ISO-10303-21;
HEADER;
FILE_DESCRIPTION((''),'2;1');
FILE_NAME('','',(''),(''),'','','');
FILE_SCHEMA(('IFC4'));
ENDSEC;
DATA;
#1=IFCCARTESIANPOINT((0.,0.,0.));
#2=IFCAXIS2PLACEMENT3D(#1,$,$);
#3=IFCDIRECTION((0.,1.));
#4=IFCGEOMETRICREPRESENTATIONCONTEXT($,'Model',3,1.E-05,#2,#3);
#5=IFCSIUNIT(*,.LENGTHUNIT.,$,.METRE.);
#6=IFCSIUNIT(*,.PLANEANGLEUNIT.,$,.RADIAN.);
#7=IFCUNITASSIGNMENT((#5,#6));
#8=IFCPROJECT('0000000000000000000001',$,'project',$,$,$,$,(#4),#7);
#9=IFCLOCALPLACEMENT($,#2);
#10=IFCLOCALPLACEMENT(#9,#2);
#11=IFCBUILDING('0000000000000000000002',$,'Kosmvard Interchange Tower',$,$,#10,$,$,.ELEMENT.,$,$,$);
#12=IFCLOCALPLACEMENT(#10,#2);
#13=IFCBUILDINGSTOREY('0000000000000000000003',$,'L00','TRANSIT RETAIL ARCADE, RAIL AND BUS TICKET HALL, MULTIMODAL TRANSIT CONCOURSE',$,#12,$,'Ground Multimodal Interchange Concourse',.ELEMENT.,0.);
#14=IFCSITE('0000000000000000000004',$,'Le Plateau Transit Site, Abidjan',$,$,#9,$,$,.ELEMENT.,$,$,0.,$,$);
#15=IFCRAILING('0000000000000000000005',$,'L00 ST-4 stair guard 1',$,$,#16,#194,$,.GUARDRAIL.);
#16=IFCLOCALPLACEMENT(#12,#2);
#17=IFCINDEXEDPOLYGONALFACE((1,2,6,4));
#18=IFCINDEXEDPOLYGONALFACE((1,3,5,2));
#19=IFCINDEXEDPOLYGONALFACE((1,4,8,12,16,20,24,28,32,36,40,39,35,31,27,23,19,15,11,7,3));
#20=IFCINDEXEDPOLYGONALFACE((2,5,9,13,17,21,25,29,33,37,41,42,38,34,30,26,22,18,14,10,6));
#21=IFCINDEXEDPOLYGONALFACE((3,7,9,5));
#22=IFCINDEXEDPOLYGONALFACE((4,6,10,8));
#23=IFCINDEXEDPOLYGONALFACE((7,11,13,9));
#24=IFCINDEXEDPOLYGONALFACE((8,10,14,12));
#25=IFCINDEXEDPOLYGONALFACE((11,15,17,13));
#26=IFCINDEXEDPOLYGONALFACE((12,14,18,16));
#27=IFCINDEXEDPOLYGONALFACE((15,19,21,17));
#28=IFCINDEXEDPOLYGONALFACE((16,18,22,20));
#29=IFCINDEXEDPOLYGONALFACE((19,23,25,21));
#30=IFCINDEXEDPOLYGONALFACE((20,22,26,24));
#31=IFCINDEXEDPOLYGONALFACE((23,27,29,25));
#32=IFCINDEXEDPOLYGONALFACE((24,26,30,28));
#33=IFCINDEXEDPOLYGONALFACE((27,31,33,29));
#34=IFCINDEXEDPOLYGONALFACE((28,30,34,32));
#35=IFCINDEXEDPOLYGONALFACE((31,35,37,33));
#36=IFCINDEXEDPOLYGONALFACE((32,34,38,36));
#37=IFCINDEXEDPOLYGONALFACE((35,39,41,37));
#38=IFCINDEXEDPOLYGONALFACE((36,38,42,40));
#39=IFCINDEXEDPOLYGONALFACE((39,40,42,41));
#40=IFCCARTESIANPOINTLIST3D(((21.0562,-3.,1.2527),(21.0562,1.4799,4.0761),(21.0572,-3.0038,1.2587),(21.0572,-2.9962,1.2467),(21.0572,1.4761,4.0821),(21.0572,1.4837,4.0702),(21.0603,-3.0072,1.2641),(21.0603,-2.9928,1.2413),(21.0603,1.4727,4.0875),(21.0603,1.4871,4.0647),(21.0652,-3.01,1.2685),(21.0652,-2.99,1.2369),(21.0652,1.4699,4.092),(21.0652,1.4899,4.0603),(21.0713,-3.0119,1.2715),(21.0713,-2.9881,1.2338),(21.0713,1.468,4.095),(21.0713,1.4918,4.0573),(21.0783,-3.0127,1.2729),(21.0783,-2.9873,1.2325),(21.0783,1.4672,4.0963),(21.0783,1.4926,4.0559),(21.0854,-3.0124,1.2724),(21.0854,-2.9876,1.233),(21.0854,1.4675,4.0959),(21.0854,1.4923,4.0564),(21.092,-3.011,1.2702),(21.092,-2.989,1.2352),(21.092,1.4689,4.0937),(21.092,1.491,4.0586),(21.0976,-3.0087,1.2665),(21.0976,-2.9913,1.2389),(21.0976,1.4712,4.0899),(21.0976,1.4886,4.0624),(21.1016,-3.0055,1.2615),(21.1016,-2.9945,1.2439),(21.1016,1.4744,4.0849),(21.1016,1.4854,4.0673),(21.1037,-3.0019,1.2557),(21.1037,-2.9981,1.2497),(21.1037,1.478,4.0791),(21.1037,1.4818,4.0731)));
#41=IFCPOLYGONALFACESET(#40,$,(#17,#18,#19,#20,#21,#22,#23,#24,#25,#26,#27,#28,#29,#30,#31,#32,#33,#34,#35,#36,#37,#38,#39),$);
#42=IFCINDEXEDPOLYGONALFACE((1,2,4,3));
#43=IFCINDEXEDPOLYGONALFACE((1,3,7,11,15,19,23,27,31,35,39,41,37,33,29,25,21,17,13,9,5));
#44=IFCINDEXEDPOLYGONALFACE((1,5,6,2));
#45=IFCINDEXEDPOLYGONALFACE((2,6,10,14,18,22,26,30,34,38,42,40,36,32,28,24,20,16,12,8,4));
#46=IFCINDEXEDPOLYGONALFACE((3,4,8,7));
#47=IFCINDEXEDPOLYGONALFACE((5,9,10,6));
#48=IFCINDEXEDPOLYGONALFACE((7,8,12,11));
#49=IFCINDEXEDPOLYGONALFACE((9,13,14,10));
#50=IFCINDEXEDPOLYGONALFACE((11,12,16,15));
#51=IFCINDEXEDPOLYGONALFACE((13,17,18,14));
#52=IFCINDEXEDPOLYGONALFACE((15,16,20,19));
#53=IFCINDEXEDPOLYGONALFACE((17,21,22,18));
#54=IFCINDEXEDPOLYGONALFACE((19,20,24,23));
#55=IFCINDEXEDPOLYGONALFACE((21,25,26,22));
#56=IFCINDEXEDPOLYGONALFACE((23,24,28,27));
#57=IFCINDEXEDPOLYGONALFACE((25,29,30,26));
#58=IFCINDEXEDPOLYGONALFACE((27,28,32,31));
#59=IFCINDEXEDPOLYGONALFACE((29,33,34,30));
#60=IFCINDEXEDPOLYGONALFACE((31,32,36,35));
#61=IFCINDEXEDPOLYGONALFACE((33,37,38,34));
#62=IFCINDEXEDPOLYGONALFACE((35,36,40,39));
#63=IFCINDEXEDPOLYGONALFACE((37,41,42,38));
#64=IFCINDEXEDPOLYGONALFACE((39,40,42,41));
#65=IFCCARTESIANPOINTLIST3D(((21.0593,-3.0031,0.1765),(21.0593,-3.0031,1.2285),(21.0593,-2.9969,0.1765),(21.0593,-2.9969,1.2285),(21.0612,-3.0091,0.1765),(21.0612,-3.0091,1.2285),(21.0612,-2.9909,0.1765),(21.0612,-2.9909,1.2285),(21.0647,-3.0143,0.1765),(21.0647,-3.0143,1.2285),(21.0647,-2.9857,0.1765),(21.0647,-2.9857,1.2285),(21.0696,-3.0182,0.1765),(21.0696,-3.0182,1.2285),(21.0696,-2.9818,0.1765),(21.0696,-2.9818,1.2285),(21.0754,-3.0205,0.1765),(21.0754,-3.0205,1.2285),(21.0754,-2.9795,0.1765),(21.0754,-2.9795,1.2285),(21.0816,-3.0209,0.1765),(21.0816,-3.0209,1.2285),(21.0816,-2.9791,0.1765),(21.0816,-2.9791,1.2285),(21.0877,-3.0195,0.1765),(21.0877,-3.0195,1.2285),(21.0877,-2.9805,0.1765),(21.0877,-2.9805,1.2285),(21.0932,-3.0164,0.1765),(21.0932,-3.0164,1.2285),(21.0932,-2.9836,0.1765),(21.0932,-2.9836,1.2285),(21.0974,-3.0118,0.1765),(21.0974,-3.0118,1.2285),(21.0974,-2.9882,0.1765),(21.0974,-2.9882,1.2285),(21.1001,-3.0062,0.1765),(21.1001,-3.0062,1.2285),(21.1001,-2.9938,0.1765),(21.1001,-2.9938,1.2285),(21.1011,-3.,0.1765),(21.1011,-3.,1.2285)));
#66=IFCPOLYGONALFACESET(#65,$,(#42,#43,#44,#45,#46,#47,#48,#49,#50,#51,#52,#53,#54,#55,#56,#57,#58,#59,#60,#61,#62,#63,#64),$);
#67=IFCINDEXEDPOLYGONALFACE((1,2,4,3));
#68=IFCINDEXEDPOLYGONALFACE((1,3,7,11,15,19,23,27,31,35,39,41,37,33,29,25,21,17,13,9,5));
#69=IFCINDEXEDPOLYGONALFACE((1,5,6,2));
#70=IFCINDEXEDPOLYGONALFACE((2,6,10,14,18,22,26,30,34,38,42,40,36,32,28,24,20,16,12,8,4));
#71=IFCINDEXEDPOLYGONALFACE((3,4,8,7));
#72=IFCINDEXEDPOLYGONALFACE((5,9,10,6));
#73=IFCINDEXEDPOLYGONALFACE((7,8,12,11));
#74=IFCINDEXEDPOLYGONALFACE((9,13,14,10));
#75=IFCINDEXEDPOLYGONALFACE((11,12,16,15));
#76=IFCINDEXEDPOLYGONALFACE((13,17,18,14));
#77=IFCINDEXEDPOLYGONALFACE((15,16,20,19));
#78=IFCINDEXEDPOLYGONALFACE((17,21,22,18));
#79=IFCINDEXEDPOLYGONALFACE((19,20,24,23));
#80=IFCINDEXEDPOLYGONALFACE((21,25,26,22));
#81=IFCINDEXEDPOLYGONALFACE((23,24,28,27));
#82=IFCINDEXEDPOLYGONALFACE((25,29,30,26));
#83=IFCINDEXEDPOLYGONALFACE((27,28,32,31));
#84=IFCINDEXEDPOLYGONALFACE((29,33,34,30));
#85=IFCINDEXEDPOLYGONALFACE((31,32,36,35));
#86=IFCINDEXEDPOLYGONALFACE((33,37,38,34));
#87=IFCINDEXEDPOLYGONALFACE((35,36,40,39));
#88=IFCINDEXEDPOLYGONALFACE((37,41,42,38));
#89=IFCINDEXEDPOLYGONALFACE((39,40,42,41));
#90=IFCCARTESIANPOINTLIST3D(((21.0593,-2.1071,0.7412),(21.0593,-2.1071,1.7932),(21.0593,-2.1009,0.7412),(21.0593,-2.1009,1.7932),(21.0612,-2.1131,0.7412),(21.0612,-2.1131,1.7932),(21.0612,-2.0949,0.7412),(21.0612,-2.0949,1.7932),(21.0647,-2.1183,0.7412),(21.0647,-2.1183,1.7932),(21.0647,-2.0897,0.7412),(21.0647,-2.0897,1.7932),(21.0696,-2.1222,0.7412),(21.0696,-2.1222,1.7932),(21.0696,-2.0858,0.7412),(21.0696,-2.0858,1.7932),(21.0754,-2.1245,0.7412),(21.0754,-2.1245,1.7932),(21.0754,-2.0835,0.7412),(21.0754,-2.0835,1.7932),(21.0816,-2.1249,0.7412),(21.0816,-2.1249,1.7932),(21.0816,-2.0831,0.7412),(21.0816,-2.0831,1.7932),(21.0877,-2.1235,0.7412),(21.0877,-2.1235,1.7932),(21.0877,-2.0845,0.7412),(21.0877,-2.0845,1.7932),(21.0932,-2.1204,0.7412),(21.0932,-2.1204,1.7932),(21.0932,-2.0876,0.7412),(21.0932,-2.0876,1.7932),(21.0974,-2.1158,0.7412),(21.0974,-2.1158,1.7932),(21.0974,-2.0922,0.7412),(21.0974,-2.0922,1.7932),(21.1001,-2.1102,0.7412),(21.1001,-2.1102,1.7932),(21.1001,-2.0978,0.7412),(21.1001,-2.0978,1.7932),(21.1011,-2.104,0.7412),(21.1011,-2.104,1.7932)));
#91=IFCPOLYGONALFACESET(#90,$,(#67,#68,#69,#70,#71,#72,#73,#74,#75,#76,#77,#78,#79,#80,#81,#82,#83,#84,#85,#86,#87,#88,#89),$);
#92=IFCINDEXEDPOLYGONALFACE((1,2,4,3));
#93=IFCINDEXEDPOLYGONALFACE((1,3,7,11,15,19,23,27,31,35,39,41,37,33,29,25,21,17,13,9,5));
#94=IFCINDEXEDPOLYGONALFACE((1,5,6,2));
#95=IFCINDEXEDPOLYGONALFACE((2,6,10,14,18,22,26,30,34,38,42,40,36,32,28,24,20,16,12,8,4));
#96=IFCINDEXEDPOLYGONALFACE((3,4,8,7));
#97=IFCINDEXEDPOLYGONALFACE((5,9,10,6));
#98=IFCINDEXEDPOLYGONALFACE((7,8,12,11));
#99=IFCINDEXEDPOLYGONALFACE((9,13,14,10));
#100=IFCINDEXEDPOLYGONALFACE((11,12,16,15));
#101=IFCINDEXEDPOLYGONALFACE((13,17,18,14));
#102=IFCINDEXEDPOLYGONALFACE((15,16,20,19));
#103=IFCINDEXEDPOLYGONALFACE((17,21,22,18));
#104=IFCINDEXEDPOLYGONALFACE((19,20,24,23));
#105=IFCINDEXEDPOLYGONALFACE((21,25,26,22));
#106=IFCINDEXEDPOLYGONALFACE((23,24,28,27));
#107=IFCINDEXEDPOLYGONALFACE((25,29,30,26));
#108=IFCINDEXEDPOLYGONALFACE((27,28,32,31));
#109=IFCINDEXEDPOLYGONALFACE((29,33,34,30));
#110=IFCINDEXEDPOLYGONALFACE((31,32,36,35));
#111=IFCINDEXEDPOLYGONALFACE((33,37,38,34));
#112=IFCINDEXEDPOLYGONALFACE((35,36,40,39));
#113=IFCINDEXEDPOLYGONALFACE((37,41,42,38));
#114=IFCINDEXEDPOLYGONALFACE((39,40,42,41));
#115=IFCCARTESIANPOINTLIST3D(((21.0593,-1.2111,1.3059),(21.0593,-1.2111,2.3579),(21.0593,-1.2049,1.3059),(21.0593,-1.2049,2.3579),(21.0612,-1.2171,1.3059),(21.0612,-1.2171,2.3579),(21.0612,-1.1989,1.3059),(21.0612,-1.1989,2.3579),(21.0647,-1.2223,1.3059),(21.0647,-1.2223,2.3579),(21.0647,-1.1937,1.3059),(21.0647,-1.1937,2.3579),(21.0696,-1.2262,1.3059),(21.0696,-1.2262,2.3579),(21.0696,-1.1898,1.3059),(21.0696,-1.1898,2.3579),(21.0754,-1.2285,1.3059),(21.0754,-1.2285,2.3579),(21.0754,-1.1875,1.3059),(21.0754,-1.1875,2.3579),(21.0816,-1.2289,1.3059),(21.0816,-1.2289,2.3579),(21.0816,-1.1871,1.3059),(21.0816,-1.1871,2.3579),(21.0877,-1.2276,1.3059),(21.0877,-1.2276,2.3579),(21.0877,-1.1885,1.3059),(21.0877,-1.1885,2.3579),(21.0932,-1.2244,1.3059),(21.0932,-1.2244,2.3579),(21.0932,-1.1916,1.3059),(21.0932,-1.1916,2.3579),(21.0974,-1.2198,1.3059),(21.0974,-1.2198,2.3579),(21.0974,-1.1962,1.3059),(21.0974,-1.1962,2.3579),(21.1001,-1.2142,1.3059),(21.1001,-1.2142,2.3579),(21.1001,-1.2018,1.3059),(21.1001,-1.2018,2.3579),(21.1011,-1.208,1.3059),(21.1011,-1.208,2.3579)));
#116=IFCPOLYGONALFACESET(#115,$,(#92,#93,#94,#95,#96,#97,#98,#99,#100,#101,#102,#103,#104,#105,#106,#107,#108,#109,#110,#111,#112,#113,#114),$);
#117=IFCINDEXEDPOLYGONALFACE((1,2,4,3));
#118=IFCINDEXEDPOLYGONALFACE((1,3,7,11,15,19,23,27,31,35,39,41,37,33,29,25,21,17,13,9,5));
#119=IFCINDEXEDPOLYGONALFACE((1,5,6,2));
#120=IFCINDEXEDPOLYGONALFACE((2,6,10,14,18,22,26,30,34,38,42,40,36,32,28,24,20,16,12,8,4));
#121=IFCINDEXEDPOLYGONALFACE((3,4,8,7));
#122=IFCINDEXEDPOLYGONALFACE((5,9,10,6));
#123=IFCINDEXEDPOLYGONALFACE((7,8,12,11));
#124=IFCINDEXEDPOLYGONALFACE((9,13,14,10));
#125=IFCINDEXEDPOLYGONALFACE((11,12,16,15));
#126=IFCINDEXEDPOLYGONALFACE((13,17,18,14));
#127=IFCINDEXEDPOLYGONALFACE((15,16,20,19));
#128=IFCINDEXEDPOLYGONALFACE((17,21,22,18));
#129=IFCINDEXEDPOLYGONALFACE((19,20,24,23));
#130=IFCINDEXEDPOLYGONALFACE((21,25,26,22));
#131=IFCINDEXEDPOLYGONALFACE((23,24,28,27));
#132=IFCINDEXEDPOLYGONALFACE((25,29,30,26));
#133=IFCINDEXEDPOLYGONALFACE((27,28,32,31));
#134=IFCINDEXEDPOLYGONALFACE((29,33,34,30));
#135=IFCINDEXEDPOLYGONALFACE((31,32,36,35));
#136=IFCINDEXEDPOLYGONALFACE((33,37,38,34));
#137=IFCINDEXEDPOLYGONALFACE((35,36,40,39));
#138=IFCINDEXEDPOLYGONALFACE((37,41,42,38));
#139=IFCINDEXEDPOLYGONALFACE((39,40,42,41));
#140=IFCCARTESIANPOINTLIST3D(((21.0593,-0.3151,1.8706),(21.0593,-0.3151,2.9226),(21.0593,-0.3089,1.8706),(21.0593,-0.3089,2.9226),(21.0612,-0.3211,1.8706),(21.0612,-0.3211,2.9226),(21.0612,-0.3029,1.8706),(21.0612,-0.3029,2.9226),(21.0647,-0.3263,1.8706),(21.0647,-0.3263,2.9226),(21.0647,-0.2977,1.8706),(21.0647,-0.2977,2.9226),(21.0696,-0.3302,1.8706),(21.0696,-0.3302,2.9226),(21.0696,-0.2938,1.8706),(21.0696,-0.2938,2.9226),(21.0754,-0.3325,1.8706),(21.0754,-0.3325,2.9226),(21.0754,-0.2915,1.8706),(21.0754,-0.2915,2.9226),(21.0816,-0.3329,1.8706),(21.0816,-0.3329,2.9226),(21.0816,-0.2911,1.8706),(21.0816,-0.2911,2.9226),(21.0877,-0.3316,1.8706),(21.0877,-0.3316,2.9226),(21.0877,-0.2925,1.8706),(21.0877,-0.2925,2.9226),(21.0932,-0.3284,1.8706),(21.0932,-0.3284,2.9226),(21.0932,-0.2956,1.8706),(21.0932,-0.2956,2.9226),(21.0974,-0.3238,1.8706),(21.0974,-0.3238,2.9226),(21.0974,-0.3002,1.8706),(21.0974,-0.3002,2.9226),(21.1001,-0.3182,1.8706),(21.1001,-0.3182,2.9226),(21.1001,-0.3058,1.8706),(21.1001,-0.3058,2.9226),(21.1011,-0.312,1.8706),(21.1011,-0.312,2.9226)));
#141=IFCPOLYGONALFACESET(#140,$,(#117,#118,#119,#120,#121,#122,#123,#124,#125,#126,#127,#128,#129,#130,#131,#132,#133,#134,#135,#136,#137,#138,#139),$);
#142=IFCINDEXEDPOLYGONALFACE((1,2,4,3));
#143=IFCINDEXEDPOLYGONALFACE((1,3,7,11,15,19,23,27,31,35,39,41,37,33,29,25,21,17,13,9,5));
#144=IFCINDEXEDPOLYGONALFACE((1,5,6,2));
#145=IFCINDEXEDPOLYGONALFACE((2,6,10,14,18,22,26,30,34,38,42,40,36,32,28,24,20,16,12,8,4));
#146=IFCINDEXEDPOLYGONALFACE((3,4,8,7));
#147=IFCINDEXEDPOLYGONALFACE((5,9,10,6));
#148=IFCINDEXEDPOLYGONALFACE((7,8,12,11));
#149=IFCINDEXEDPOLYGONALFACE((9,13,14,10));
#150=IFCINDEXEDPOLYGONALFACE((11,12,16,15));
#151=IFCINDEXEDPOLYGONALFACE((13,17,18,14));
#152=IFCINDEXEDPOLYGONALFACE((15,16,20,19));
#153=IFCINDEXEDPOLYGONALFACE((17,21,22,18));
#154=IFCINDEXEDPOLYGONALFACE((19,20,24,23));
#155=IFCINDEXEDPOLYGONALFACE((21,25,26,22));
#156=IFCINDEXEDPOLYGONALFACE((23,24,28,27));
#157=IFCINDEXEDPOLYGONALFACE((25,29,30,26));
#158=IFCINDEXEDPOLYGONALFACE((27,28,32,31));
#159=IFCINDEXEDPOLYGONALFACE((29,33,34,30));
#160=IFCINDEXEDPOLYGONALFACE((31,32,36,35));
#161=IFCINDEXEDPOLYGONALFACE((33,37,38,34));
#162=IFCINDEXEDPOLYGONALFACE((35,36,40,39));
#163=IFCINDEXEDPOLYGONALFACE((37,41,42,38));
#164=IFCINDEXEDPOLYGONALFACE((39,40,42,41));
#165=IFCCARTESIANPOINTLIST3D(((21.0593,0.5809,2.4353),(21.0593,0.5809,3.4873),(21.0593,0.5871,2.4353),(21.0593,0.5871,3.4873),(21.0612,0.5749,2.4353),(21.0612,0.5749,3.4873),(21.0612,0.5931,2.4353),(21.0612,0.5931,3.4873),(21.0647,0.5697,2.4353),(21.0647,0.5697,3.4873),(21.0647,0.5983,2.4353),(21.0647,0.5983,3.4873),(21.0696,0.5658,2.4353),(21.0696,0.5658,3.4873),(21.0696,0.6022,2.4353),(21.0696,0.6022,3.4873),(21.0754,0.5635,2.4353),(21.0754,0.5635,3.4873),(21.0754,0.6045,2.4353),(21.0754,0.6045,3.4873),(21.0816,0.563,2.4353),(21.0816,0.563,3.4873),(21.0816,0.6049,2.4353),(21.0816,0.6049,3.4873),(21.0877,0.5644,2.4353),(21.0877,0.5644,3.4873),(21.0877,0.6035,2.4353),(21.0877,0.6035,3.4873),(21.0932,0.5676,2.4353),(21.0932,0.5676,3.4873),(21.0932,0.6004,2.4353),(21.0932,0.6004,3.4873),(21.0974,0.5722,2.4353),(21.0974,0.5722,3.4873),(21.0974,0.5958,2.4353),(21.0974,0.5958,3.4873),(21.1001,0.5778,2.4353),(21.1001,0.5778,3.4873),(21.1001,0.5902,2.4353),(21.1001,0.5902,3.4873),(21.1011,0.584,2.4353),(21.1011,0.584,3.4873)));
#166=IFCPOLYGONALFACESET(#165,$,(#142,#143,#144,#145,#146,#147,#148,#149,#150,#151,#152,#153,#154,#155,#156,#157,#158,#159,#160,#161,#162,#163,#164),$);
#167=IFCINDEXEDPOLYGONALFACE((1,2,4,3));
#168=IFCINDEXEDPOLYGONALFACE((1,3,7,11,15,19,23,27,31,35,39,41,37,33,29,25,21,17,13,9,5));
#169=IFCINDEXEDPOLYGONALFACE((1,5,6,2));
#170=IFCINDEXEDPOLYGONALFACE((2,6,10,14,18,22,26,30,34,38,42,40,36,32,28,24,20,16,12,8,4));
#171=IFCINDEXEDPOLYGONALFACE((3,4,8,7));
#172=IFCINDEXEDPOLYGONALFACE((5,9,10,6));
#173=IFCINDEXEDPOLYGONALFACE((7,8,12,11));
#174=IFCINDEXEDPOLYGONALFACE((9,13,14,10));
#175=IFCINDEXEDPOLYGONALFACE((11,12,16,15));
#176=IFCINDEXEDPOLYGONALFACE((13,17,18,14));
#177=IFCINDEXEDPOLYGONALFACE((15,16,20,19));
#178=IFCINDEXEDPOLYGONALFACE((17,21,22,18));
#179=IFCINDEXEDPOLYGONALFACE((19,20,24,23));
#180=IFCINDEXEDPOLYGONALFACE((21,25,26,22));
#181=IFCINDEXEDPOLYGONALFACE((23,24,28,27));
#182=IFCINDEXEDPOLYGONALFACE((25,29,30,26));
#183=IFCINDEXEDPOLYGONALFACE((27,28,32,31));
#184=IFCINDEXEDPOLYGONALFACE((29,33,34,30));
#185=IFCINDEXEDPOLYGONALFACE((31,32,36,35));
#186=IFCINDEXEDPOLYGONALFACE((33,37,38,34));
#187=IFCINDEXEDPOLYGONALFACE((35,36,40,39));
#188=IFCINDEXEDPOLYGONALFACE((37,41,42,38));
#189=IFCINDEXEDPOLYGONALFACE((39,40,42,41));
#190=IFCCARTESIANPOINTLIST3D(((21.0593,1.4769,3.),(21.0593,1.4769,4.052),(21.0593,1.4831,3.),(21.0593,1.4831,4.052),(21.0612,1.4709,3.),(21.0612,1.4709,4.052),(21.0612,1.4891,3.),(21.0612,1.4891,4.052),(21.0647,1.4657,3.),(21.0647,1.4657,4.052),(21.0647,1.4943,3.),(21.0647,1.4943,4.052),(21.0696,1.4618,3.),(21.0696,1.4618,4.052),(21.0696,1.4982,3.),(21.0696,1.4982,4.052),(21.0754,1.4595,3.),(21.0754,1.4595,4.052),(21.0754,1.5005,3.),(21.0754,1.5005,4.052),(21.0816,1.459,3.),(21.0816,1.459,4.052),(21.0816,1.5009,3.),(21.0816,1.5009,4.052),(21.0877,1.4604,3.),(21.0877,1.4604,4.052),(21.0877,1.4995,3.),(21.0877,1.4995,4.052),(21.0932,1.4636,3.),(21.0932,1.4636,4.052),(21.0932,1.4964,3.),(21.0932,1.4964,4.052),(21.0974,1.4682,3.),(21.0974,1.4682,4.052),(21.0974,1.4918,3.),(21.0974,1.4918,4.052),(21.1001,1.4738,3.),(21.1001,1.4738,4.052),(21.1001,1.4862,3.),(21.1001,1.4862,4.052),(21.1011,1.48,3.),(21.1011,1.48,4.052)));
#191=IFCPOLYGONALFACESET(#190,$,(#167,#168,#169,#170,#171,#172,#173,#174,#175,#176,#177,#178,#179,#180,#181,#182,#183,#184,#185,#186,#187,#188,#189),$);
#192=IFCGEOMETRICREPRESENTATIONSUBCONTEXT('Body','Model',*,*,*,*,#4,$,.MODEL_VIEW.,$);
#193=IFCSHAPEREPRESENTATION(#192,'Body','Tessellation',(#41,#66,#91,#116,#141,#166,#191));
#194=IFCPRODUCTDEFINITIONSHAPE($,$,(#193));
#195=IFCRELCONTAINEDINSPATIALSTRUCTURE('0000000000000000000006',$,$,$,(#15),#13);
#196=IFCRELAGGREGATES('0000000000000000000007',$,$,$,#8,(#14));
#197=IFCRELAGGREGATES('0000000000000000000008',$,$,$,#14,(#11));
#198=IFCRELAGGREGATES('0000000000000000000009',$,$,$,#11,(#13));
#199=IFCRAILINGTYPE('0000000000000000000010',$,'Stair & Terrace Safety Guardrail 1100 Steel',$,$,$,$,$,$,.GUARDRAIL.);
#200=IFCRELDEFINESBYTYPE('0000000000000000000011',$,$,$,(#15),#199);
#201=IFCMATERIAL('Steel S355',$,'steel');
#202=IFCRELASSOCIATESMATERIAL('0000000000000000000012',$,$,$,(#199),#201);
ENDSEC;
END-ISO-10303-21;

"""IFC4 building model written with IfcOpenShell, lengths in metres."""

from ifc_helpers import new_model, si_unit, direction, frame, origin, origin_2d, place, context, subcontext, project, spatial, circle, extrude, source, transform, mapped, material, type_object, element, save


model = new_model("IFC4")

# Units and contexts
model_context = context("Model", 3, precision=1e-05, world=origin(), true_north=direction((0.0, 1.0)))
body_context = subcontext(model_context, "Body", "Model", "MODEL_VIEW")
ifc_project = project(units=[si_unit("LENGTHUNIT", "METRE"), si_unit("PLANEANGLEUNIT", "RADIAN")], contexts=[model_context])

# Site, building, storey
site_placement = place(None, origin())
site = spatial("IfcSite", under=ifc_project, at=site_placement, Name="Le Plateau Transit Site, Abidjan", CompositionType="ELEMENT", RefElevation=0.0)
building_placement = place(site_placement, origin())
building = spatial("IfcBuilding", under=site, at=building_placement, Name="Kosmvard Interchange Tower", CompositionType="ELEMENT")
storey_placement = place(building_placement, origin())
storey = spatial("IfcBuildingStorey", under=building, at=storey_placement, Name="L00", Description="TRANSIT RETAIL ARCADE, RAIL AND BUS TICKET HALL, MULTIMODAL TRANSIT CONCOURSE", LongName="Ground Multimodal Interchange Concourse", CompositionType="ELEMENT", Elevation=0.0)

# Railing
ifc_material_1 = material(Name="Steel S355", Category="steel")
railing_type_1 = type_object("IfcRailingType", Name="Stair & Terrace Safety Guardrail 1100 Steel", PredefinedType="GUARDRAIL", material=ifc_material_1)
shared_shape_1 = source(origin(), body_context, "Body", "SweptSolid", [
    extrude(circle(Radius=0.0239, at=origin_2d()), frame((0.0, 0.0, 1.0762), z_axis=(0.0, 0.845998, 0.533186), x_axis=(-1.0, 0.0, 0.0)), (0.0, 0.0, 1.0), 5.2954),
    extrude(circle(Radius=0.021, at=origin_2d()), origin(), (0.0, 0.0, 1.0), 1.052),
    extrude(circle(Radius=0.021, at=origin_2d()), frame((0.0, 0.896, 0.5647)), (0.0, 0.0, 1.0), 1.052),
    extrude(circle(Radius=0.021, at=origin_2d()), frame((0.0, 1.792, 1.1294)), (0.0, 0.0, 1.0), 1.052),
    extrude(circle(Radius=0.021, at=origin_2d()), frame((0.0, 2.688, 1.6941)), (0.0, 0.0, 1.0), 1.052),
    extrude(circle(Radius=0.021, at=origin_2d()), frame((0.0, 3.584, 2.2588)), (0.0, 0.0, 1.0), 1.052),
    extrude(circle(Radius=0.021, at=origin_2d()), frame((0.0, 4.48, 2.8235)), (0.0, 0.0, 1.0), 1.052),
])
railing_1_placement = place(storey_placement, frame((21.0801, -3.0, 0.1765)))
element("IfcRailing", 1, at=railing_1_placement, inside=storey, type_object=railing_type_1, Name="L00 ST-4 stair guard 1", PredefinedType="GUARDRAIL", context=body_context, shape_type="MappedRepresentation", body=[
    mapped(shared_shape_1, transform((0.0, 0.0, 0.0), scale=1.0)),
])

save(model, "model.ifc")
